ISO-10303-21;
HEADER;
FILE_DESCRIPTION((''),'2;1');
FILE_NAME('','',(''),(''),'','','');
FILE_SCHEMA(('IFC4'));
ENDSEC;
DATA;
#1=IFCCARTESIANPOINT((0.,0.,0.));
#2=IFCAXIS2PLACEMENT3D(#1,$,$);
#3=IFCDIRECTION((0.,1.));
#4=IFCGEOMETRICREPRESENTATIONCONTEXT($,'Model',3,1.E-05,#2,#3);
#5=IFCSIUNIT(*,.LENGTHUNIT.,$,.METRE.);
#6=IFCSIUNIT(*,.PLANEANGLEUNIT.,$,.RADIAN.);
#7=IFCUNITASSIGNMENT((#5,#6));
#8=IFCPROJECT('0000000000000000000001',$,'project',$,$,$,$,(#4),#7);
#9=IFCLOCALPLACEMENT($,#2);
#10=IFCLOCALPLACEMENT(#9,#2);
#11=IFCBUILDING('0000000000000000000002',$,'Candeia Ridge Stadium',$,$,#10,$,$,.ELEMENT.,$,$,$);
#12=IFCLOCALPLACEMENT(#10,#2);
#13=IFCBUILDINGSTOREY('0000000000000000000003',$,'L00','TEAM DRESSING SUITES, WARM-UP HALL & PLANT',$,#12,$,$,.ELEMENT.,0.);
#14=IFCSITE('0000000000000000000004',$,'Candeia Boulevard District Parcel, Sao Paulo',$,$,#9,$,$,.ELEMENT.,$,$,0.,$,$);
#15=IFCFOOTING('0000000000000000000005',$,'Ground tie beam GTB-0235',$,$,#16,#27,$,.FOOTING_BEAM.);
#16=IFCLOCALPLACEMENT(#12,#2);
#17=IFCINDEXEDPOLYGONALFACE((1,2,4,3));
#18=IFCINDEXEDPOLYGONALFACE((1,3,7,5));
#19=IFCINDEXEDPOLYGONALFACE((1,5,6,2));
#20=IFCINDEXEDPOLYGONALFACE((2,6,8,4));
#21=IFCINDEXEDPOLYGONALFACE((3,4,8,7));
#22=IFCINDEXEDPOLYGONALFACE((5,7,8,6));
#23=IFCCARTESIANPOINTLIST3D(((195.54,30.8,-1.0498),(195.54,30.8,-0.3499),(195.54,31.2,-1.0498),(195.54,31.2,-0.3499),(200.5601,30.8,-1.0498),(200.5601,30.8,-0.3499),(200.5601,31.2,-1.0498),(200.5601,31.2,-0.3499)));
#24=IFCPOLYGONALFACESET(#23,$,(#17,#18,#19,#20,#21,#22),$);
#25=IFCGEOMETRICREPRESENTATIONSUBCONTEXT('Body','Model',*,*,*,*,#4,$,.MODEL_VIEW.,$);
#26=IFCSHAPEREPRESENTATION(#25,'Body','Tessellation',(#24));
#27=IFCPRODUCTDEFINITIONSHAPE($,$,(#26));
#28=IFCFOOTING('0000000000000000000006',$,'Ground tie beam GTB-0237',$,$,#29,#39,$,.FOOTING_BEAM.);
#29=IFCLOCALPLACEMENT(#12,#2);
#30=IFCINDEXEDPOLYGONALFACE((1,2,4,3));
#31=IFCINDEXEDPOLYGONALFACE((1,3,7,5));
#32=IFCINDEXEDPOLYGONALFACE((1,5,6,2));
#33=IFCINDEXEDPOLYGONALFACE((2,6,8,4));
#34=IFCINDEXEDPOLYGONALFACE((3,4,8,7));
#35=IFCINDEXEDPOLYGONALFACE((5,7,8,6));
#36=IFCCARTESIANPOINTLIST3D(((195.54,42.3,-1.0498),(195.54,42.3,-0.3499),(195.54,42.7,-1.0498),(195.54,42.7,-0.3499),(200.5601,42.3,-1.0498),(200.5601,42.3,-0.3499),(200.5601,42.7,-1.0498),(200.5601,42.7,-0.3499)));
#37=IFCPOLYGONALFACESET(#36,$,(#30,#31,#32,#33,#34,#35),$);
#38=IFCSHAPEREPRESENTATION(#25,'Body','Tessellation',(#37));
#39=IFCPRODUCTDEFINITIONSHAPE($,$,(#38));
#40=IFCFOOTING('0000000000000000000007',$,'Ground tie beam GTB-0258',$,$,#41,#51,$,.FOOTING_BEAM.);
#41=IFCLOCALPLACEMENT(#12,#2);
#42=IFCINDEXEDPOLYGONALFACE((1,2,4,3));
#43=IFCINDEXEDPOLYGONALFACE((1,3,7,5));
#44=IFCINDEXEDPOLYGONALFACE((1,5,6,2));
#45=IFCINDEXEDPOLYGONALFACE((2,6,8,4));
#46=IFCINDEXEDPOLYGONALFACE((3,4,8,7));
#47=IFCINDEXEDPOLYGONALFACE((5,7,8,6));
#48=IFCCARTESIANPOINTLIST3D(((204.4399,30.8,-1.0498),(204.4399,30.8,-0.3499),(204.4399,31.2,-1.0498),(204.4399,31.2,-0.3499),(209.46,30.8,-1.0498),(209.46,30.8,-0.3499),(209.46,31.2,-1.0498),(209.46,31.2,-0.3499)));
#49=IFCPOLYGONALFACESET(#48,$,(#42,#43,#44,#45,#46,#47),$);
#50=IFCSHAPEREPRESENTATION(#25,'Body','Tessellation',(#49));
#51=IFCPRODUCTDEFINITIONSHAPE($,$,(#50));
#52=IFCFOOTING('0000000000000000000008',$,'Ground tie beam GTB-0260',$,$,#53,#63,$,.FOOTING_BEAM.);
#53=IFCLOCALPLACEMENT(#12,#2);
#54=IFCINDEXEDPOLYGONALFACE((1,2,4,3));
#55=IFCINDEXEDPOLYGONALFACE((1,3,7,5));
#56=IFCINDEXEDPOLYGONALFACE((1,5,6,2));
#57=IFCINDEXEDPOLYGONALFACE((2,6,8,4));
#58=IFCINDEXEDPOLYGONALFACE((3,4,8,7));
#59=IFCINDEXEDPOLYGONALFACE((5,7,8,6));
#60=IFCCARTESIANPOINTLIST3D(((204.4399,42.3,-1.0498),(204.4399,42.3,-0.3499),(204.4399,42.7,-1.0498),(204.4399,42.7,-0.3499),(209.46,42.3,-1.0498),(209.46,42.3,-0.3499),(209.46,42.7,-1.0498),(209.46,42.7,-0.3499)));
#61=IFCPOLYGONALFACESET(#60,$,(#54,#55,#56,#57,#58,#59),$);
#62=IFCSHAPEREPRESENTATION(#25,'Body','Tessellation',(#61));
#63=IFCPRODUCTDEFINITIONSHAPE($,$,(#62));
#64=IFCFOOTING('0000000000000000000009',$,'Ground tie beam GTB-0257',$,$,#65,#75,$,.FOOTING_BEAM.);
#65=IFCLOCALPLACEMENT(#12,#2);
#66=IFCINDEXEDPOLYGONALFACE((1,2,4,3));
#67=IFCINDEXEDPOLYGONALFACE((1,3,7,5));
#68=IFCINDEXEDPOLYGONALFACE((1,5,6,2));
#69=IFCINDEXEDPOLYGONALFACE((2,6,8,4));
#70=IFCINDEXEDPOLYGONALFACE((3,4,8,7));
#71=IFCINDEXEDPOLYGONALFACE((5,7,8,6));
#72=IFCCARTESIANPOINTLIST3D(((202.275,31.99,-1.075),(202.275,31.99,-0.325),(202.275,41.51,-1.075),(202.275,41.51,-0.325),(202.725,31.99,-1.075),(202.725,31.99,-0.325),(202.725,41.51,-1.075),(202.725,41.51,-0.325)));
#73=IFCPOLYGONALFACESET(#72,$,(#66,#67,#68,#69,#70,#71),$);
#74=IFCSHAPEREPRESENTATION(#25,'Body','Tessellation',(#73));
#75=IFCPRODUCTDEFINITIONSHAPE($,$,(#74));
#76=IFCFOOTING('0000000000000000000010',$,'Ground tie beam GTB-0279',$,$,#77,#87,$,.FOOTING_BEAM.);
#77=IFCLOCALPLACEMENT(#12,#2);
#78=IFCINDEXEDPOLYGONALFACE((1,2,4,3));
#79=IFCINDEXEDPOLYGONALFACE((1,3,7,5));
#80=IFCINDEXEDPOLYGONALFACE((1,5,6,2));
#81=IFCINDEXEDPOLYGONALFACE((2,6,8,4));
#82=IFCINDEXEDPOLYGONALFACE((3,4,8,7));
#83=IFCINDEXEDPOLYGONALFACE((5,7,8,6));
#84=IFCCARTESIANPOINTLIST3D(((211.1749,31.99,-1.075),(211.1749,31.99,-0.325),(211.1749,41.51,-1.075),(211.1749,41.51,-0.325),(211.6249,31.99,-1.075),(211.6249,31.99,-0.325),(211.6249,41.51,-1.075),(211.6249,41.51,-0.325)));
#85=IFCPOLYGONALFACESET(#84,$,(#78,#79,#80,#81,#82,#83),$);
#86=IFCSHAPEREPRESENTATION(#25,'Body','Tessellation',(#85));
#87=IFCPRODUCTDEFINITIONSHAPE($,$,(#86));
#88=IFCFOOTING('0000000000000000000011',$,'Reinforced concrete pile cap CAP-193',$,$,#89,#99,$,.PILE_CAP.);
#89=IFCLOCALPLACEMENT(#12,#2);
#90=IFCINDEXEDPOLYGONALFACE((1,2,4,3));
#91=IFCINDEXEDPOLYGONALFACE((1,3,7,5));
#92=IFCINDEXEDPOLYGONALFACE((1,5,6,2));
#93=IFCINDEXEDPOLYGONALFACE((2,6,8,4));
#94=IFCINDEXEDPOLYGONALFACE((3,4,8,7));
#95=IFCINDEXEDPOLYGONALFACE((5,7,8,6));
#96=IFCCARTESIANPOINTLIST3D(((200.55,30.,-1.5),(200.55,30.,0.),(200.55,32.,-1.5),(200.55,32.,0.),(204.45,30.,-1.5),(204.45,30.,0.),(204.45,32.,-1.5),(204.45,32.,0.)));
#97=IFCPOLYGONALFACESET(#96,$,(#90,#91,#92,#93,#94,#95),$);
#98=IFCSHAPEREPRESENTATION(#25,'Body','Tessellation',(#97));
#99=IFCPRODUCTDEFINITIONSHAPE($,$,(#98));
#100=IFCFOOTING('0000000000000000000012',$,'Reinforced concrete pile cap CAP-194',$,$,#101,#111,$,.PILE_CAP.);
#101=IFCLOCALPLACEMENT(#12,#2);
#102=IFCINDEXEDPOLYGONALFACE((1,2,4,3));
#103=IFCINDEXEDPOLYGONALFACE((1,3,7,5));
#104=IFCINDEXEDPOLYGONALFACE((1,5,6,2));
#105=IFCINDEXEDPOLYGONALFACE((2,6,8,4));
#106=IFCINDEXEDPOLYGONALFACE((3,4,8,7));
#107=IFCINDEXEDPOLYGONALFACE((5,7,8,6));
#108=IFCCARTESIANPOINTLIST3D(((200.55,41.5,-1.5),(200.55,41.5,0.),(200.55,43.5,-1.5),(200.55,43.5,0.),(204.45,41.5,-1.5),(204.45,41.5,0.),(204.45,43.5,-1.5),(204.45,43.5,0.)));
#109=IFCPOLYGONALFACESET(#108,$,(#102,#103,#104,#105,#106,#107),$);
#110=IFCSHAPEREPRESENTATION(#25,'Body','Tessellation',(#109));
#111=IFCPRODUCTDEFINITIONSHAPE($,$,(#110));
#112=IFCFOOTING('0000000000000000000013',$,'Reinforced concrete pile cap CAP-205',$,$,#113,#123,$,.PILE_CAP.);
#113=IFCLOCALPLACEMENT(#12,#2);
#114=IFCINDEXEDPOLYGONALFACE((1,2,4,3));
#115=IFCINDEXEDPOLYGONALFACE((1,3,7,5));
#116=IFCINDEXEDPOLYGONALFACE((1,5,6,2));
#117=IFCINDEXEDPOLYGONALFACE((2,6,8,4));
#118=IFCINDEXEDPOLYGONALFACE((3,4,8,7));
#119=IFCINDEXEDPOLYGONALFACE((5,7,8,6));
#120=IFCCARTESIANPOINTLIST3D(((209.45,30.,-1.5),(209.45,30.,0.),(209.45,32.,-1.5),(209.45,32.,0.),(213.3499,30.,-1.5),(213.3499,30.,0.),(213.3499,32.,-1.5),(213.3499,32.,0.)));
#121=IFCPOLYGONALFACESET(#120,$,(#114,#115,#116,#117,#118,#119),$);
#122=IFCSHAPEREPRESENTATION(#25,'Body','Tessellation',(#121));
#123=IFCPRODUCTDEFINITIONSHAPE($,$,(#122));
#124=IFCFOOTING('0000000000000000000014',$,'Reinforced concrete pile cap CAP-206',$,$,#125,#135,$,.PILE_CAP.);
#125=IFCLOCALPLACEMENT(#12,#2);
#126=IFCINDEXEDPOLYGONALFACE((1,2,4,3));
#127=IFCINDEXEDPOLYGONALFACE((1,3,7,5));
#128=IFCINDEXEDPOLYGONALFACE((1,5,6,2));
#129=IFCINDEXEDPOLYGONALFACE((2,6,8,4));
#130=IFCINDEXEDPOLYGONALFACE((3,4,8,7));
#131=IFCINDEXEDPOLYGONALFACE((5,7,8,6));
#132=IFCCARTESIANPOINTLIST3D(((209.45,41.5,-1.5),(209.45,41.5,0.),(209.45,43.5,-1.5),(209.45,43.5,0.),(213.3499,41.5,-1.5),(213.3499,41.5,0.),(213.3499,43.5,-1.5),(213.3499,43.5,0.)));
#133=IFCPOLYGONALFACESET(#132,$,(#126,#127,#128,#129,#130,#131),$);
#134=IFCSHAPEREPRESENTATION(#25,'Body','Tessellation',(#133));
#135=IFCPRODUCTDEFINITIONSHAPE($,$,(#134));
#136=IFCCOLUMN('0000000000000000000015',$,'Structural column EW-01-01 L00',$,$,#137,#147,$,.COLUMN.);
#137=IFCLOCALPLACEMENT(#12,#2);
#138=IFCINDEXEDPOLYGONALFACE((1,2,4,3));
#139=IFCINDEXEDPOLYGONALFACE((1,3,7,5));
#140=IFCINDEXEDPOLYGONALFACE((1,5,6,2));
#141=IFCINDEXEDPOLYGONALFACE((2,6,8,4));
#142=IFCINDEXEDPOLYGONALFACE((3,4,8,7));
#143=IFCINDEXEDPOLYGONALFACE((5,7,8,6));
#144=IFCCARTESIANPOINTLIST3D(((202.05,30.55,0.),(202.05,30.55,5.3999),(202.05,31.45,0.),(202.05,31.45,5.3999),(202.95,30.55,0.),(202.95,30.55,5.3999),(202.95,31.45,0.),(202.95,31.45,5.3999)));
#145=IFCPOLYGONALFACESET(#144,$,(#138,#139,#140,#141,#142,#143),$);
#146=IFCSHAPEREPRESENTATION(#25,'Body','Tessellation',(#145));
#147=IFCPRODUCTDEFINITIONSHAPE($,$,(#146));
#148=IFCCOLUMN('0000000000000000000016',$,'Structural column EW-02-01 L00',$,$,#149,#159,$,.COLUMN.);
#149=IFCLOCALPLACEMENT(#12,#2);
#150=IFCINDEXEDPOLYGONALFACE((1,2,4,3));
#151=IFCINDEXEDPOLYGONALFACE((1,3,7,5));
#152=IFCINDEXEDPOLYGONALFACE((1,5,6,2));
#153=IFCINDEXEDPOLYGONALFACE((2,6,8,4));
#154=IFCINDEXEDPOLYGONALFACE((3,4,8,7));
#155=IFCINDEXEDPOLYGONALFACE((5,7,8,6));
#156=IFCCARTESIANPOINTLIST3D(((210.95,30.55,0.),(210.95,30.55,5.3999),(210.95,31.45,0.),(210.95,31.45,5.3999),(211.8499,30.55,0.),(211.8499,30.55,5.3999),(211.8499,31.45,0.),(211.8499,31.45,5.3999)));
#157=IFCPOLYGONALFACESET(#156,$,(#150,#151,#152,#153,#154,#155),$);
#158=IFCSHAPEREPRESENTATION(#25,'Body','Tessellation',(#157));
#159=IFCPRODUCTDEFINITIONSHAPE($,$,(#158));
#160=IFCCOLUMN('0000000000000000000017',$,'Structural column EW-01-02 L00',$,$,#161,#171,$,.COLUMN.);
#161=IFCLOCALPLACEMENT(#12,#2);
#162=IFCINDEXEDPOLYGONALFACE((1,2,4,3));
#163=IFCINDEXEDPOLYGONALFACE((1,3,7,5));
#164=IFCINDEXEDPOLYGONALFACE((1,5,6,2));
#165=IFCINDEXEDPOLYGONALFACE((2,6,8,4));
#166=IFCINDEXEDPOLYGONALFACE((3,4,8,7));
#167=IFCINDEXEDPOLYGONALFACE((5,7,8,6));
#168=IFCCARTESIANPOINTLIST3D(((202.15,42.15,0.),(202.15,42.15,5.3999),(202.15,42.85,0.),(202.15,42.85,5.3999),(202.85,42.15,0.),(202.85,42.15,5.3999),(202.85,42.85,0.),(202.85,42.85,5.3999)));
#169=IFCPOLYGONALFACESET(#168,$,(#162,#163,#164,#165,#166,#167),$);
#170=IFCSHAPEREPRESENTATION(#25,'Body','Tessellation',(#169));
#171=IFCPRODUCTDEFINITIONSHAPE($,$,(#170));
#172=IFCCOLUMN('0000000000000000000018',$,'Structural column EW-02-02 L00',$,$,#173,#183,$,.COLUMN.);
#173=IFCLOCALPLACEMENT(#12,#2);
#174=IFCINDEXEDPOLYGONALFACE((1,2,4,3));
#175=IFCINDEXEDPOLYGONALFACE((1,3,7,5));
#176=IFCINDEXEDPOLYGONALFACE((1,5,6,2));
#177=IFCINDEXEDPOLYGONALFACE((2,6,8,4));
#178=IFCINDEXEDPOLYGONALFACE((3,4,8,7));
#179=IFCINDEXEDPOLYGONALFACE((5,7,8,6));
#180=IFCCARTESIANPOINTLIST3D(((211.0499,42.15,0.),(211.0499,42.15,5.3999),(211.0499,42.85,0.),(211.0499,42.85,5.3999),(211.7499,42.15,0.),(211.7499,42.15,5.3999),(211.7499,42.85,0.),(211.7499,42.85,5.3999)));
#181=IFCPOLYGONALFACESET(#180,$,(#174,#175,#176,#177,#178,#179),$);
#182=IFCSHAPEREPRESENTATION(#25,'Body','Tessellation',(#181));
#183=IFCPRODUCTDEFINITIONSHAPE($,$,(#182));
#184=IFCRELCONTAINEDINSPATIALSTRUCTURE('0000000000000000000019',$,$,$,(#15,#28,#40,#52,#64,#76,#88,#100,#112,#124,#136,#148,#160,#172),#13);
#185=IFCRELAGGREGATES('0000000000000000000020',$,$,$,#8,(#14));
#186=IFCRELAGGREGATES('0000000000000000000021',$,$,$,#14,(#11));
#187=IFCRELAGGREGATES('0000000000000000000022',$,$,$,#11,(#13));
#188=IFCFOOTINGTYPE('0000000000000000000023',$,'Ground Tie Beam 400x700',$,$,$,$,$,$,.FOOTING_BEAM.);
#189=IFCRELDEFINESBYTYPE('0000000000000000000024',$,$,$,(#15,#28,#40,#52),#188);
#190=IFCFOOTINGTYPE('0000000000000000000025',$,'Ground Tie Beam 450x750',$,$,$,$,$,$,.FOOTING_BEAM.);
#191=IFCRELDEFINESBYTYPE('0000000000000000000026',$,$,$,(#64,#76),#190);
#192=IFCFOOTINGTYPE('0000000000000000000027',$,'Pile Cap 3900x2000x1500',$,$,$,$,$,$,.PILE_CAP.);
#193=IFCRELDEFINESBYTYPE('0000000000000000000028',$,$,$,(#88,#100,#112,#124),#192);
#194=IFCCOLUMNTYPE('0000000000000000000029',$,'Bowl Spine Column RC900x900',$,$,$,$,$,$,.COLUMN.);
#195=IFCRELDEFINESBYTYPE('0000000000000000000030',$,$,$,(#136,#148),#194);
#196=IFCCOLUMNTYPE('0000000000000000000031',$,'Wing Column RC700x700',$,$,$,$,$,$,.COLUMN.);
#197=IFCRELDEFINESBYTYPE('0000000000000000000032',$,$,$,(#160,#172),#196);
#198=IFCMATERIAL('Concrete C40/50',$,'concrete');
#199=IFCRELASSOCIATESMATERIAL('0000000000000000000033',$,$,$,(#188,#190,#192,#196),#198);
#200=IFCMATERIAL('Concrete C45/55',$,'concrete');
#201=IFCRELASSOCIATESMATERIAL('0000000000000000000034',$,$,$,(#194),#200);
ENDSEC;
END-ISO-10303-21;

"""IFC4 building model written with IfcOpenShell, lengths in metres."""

from ifc_helpers import new_model, si_unit, direction, frame, origin, origin_2d, place, context, subcontext, project, spatial, rectangle, extrude, material, material_profile, profile_set, type_object, element, save


model = new_model("IFC4")

# Units and contexts
model_context = context("Model", 3, precision=1e-05, world=origin(), true_north=direction((0.0, 1.0)))
body_context = subcontext(model_context, "Body", "Model", "MODEL_VIEW")
ifc_project = project(units=[si_unit("LENGTHUNIT", "METRE"), si_unit("PLANEANGLEUNIT", "RADIAN")], contexts=[model_context])

# Site, building, storey
site_placement = place(None, origin())
site = spatial("IfcSite", under=ifc_project, at=site_placement, Name="Candeia Boulevard District Parcel, Sao Paulo", CompositionType="ELEMENT", RefElevation=0.0)
building_placement = place(site_placement, origin())
building = spatial("IfcBuilding", under=site, at=building_placement, Name="Candeia Ridge Stadium", CompositionType="ELEMENT")
storey_placement = place(building_placement, origin())
storey = spatial("IfcBuildingStorey", under=building, at=storey_placement, Name="L00", Description="TEAM DRESSING SUITES, WARM-UP HALL & PLANT", CompositionType="ELEMENT", Elevation=0.0)

# Shared definitions
ifc_material_1 = material(Name="Concrete C40/50", Category="concrete")

# Footings
footing_type_1 = type_object("IfcFootingType", Name="Ground Tie Beam 400x700", PredefinedType="FOOTING_BEAM", material=ifc_material_1)
for number, where, z_axis, x_axis, name in (
    (1, (198.05, 31.0, -1.0498), (0.0, 0.0, 1.0), (1.0, 0.0, 0.0), "Ground tie beam GTB-0235"),
    (2, (198.05, 42.5, -1.0498), (0.0, 0.0, 1.0), (1.0, 0.0, 0.0), "Ground tie beam GTB-0237"),
    (3, (206.95, 31.0, -1.0498), (0.0, 0.0, 1.0), (1.0, 0.0, 0.0), "Ground tie beam GTB-0258"),
    (4, (206.95, 42.5, -1.0498), (0.0, 0.0, 1.0), (1.0, 0.0, 0.0), "Ground tie beam GTB-0260"),
):
    element("IfcFooting", number, at=place(storey_placement, frame(where, z_axis=z_axis, x_axis=x_axis)), inside=storey, type_object=footing_type_1, Name=name, PredefinedType="FOOTING_BEAM", context=body_context, shape_type="SweptSolid", body=[
        extrude(rectangle(XDim=5.02, YDim=0.3999, at=origin_2d()), origin(), (0.0, 0.0, 1.0), 0.7),
    ])
footing_type_2 = type_object("IfcFootingType", Name="Ground Tie Beam 450x750", PredefinedType="FOOTING_BEAM", material=ifc_material_1)
for number, where, z_axis, x_axis, name in (
    (5, (202.5, 36.75, -1.075), (0.0, 0.0, 1.0), (0.0, 1.0, 0.0), "Ground tie beam GTB-0257"),
    (6, (211.3999, 36.75, -1.075), (0.0, 0.0, 1.0), (0.0, 1.0, 0.0), "Ground tie beam GTB-0279"),
):
    element("IfcFooting", number, at=place(storey_placement, frame(where, z_axis=z_axis, x_axis=x_axis)), inside=storey, type_object=footing_type_2, Name=name, PredefinedType="FOOTING_BEAM", context=body_context, shape_type="SweptSolid", body=[
        extrude(rectangle(XDim=9.52, YDim=0.45, at=origin_2d()), origin(), (0.0, 0.0, 1.0), 0.75),
    ])
footing_type_3 = type_object("IfcFootingType", Name="Pile Cap 3900x2000x1500", PredefinedType="PILE_CAP", material=ifc_material_1)
for number, where, z_axis, x_axis, name in (
    (7, (202.5, 31.0, -1.5), (0.0, 0.0, 1.0), (1.0, 0.0, 0.0), "Reinforced concrete pile cap CAP-193"),
    (8, (202.5, 42.5, -1.5), (0.0, 0.0, 1.0), (1.0, 0.0, 0.0), "Reinforced concrete pile cap CAP-194"),
    (9, (211.3999, 31.0, -1.5), (0.0, 0.0, 1.0), (1.0, 0.0, 0.0), "Reinforced concrete pile cap CAP-205"),
    (10, (211.3999, 42.5, -1.5), (0.0, 0.0, 1.0), (1.0, 0.0, 0.0), "Reinforced concrete pile cap CAP-206"),
):
    element("IfcFooting", number, at=place(storey_placement, frame(where, z_axis=z_axis, x_axis=x_axis)), inside=storey, type_object=footing_type_3, Name=name, PredefinedType="PILE_CAP", context=body_context, shape_type="SweptSolid", body=[
        extrude(rectangle(XDim=3.8999, YDim=2.0, at=origin_2d()), origin(), (0.0, 0.0, 1.0), 1.5),
    ])

# Columns
ifc_material_2 = material(Name="Concrete C45/55", Category="concrete")
ifc_material_profile_1 = material_profile(ifc_material_2, rectangle(XDim=0.8999, YDim=0.8999, at=origin_2d()), Name="RC900x900", Category="concrete")
ifc_profile_set_1 = profile_set([ifc_material_profile_1], Name="Concrete C45/55")
column_type_1 = type_object("IfcColumnType", Name="Bowl Spine Column RC900x900", PredefinedType="COLUMN", material=ifc_profile_set_1)
for number, where, z_axis, x_axis, name in (
    (11, (202.5, 31.0, 0.0), (0.0, 0.0, 1.0), (1.0, 0.0, 0.0), "Structural column EW-01-01 L00"),
    (12, (211.3999, 31.0, 0.0), (0.0, 0.0, 1.0), (1.0, 0.0, 0.0), "Structural column EW-02-01 L00"),
):
    element("IfcColumn", number, at=place(storey_placement, frame(where, z_axis=z_axis, x_axis=x_axis)), inside=storey, type_object=column_type_1, Name=name, PredefinedType="COLUMN", context=body_context, shape_type="SweptSolid", body=[
        extrude(rectangle(XDim=0.8999, YDim=0.8999, at=origin_2d()), origin(), (0.0, 0.0, 1.0), 5.3999),
    ])
ifc_material_profile_2 = material_profile(ifc_material_1, rectangle(XDim=0.7, YDim=0.7, at=origin_2d()), Name="RC700x700", Category="concrete")
ifc_profile_set_2 = profile_set([ifc_material_profile_2], Name="Concrete C40/50")
column_type_2 = type_object("IfcColumnType", Name="Wing Column RC700x700", PredefinedType="COLUMN", material=ifc_profile_set_2)
for number, where, z_axis, x_axis, name in (
    (13, (202.5, 42.5, 0.0), (0.0, 0.0, 1.0), (1.0, 0.0, 0.0), "Structural column EW-01-02 L00"),
    (14, (211.3999, 42.5, 0.0), (0.0, 0.0, 1.0), (1.0, 0.0, 0.0), "Structural column EW-02-02 L00"),
):
    element("IfcColumn", number, at=place(storey_placement, frame(where, z_axis=z_axis, x_axis=x_axis)), inside=storey, type_object=column_type_2, Name=name, PredefinedType="COLUMN", context=body_context, shape_type="SweptSolid", body=[
        extrude(rectangle(XDim=0.7, YDim=0.7, at=origin_2d()), origin(), (0.0, 0.0, 1.0), 5.3999),
    ])

save(model, "model.ifc")
